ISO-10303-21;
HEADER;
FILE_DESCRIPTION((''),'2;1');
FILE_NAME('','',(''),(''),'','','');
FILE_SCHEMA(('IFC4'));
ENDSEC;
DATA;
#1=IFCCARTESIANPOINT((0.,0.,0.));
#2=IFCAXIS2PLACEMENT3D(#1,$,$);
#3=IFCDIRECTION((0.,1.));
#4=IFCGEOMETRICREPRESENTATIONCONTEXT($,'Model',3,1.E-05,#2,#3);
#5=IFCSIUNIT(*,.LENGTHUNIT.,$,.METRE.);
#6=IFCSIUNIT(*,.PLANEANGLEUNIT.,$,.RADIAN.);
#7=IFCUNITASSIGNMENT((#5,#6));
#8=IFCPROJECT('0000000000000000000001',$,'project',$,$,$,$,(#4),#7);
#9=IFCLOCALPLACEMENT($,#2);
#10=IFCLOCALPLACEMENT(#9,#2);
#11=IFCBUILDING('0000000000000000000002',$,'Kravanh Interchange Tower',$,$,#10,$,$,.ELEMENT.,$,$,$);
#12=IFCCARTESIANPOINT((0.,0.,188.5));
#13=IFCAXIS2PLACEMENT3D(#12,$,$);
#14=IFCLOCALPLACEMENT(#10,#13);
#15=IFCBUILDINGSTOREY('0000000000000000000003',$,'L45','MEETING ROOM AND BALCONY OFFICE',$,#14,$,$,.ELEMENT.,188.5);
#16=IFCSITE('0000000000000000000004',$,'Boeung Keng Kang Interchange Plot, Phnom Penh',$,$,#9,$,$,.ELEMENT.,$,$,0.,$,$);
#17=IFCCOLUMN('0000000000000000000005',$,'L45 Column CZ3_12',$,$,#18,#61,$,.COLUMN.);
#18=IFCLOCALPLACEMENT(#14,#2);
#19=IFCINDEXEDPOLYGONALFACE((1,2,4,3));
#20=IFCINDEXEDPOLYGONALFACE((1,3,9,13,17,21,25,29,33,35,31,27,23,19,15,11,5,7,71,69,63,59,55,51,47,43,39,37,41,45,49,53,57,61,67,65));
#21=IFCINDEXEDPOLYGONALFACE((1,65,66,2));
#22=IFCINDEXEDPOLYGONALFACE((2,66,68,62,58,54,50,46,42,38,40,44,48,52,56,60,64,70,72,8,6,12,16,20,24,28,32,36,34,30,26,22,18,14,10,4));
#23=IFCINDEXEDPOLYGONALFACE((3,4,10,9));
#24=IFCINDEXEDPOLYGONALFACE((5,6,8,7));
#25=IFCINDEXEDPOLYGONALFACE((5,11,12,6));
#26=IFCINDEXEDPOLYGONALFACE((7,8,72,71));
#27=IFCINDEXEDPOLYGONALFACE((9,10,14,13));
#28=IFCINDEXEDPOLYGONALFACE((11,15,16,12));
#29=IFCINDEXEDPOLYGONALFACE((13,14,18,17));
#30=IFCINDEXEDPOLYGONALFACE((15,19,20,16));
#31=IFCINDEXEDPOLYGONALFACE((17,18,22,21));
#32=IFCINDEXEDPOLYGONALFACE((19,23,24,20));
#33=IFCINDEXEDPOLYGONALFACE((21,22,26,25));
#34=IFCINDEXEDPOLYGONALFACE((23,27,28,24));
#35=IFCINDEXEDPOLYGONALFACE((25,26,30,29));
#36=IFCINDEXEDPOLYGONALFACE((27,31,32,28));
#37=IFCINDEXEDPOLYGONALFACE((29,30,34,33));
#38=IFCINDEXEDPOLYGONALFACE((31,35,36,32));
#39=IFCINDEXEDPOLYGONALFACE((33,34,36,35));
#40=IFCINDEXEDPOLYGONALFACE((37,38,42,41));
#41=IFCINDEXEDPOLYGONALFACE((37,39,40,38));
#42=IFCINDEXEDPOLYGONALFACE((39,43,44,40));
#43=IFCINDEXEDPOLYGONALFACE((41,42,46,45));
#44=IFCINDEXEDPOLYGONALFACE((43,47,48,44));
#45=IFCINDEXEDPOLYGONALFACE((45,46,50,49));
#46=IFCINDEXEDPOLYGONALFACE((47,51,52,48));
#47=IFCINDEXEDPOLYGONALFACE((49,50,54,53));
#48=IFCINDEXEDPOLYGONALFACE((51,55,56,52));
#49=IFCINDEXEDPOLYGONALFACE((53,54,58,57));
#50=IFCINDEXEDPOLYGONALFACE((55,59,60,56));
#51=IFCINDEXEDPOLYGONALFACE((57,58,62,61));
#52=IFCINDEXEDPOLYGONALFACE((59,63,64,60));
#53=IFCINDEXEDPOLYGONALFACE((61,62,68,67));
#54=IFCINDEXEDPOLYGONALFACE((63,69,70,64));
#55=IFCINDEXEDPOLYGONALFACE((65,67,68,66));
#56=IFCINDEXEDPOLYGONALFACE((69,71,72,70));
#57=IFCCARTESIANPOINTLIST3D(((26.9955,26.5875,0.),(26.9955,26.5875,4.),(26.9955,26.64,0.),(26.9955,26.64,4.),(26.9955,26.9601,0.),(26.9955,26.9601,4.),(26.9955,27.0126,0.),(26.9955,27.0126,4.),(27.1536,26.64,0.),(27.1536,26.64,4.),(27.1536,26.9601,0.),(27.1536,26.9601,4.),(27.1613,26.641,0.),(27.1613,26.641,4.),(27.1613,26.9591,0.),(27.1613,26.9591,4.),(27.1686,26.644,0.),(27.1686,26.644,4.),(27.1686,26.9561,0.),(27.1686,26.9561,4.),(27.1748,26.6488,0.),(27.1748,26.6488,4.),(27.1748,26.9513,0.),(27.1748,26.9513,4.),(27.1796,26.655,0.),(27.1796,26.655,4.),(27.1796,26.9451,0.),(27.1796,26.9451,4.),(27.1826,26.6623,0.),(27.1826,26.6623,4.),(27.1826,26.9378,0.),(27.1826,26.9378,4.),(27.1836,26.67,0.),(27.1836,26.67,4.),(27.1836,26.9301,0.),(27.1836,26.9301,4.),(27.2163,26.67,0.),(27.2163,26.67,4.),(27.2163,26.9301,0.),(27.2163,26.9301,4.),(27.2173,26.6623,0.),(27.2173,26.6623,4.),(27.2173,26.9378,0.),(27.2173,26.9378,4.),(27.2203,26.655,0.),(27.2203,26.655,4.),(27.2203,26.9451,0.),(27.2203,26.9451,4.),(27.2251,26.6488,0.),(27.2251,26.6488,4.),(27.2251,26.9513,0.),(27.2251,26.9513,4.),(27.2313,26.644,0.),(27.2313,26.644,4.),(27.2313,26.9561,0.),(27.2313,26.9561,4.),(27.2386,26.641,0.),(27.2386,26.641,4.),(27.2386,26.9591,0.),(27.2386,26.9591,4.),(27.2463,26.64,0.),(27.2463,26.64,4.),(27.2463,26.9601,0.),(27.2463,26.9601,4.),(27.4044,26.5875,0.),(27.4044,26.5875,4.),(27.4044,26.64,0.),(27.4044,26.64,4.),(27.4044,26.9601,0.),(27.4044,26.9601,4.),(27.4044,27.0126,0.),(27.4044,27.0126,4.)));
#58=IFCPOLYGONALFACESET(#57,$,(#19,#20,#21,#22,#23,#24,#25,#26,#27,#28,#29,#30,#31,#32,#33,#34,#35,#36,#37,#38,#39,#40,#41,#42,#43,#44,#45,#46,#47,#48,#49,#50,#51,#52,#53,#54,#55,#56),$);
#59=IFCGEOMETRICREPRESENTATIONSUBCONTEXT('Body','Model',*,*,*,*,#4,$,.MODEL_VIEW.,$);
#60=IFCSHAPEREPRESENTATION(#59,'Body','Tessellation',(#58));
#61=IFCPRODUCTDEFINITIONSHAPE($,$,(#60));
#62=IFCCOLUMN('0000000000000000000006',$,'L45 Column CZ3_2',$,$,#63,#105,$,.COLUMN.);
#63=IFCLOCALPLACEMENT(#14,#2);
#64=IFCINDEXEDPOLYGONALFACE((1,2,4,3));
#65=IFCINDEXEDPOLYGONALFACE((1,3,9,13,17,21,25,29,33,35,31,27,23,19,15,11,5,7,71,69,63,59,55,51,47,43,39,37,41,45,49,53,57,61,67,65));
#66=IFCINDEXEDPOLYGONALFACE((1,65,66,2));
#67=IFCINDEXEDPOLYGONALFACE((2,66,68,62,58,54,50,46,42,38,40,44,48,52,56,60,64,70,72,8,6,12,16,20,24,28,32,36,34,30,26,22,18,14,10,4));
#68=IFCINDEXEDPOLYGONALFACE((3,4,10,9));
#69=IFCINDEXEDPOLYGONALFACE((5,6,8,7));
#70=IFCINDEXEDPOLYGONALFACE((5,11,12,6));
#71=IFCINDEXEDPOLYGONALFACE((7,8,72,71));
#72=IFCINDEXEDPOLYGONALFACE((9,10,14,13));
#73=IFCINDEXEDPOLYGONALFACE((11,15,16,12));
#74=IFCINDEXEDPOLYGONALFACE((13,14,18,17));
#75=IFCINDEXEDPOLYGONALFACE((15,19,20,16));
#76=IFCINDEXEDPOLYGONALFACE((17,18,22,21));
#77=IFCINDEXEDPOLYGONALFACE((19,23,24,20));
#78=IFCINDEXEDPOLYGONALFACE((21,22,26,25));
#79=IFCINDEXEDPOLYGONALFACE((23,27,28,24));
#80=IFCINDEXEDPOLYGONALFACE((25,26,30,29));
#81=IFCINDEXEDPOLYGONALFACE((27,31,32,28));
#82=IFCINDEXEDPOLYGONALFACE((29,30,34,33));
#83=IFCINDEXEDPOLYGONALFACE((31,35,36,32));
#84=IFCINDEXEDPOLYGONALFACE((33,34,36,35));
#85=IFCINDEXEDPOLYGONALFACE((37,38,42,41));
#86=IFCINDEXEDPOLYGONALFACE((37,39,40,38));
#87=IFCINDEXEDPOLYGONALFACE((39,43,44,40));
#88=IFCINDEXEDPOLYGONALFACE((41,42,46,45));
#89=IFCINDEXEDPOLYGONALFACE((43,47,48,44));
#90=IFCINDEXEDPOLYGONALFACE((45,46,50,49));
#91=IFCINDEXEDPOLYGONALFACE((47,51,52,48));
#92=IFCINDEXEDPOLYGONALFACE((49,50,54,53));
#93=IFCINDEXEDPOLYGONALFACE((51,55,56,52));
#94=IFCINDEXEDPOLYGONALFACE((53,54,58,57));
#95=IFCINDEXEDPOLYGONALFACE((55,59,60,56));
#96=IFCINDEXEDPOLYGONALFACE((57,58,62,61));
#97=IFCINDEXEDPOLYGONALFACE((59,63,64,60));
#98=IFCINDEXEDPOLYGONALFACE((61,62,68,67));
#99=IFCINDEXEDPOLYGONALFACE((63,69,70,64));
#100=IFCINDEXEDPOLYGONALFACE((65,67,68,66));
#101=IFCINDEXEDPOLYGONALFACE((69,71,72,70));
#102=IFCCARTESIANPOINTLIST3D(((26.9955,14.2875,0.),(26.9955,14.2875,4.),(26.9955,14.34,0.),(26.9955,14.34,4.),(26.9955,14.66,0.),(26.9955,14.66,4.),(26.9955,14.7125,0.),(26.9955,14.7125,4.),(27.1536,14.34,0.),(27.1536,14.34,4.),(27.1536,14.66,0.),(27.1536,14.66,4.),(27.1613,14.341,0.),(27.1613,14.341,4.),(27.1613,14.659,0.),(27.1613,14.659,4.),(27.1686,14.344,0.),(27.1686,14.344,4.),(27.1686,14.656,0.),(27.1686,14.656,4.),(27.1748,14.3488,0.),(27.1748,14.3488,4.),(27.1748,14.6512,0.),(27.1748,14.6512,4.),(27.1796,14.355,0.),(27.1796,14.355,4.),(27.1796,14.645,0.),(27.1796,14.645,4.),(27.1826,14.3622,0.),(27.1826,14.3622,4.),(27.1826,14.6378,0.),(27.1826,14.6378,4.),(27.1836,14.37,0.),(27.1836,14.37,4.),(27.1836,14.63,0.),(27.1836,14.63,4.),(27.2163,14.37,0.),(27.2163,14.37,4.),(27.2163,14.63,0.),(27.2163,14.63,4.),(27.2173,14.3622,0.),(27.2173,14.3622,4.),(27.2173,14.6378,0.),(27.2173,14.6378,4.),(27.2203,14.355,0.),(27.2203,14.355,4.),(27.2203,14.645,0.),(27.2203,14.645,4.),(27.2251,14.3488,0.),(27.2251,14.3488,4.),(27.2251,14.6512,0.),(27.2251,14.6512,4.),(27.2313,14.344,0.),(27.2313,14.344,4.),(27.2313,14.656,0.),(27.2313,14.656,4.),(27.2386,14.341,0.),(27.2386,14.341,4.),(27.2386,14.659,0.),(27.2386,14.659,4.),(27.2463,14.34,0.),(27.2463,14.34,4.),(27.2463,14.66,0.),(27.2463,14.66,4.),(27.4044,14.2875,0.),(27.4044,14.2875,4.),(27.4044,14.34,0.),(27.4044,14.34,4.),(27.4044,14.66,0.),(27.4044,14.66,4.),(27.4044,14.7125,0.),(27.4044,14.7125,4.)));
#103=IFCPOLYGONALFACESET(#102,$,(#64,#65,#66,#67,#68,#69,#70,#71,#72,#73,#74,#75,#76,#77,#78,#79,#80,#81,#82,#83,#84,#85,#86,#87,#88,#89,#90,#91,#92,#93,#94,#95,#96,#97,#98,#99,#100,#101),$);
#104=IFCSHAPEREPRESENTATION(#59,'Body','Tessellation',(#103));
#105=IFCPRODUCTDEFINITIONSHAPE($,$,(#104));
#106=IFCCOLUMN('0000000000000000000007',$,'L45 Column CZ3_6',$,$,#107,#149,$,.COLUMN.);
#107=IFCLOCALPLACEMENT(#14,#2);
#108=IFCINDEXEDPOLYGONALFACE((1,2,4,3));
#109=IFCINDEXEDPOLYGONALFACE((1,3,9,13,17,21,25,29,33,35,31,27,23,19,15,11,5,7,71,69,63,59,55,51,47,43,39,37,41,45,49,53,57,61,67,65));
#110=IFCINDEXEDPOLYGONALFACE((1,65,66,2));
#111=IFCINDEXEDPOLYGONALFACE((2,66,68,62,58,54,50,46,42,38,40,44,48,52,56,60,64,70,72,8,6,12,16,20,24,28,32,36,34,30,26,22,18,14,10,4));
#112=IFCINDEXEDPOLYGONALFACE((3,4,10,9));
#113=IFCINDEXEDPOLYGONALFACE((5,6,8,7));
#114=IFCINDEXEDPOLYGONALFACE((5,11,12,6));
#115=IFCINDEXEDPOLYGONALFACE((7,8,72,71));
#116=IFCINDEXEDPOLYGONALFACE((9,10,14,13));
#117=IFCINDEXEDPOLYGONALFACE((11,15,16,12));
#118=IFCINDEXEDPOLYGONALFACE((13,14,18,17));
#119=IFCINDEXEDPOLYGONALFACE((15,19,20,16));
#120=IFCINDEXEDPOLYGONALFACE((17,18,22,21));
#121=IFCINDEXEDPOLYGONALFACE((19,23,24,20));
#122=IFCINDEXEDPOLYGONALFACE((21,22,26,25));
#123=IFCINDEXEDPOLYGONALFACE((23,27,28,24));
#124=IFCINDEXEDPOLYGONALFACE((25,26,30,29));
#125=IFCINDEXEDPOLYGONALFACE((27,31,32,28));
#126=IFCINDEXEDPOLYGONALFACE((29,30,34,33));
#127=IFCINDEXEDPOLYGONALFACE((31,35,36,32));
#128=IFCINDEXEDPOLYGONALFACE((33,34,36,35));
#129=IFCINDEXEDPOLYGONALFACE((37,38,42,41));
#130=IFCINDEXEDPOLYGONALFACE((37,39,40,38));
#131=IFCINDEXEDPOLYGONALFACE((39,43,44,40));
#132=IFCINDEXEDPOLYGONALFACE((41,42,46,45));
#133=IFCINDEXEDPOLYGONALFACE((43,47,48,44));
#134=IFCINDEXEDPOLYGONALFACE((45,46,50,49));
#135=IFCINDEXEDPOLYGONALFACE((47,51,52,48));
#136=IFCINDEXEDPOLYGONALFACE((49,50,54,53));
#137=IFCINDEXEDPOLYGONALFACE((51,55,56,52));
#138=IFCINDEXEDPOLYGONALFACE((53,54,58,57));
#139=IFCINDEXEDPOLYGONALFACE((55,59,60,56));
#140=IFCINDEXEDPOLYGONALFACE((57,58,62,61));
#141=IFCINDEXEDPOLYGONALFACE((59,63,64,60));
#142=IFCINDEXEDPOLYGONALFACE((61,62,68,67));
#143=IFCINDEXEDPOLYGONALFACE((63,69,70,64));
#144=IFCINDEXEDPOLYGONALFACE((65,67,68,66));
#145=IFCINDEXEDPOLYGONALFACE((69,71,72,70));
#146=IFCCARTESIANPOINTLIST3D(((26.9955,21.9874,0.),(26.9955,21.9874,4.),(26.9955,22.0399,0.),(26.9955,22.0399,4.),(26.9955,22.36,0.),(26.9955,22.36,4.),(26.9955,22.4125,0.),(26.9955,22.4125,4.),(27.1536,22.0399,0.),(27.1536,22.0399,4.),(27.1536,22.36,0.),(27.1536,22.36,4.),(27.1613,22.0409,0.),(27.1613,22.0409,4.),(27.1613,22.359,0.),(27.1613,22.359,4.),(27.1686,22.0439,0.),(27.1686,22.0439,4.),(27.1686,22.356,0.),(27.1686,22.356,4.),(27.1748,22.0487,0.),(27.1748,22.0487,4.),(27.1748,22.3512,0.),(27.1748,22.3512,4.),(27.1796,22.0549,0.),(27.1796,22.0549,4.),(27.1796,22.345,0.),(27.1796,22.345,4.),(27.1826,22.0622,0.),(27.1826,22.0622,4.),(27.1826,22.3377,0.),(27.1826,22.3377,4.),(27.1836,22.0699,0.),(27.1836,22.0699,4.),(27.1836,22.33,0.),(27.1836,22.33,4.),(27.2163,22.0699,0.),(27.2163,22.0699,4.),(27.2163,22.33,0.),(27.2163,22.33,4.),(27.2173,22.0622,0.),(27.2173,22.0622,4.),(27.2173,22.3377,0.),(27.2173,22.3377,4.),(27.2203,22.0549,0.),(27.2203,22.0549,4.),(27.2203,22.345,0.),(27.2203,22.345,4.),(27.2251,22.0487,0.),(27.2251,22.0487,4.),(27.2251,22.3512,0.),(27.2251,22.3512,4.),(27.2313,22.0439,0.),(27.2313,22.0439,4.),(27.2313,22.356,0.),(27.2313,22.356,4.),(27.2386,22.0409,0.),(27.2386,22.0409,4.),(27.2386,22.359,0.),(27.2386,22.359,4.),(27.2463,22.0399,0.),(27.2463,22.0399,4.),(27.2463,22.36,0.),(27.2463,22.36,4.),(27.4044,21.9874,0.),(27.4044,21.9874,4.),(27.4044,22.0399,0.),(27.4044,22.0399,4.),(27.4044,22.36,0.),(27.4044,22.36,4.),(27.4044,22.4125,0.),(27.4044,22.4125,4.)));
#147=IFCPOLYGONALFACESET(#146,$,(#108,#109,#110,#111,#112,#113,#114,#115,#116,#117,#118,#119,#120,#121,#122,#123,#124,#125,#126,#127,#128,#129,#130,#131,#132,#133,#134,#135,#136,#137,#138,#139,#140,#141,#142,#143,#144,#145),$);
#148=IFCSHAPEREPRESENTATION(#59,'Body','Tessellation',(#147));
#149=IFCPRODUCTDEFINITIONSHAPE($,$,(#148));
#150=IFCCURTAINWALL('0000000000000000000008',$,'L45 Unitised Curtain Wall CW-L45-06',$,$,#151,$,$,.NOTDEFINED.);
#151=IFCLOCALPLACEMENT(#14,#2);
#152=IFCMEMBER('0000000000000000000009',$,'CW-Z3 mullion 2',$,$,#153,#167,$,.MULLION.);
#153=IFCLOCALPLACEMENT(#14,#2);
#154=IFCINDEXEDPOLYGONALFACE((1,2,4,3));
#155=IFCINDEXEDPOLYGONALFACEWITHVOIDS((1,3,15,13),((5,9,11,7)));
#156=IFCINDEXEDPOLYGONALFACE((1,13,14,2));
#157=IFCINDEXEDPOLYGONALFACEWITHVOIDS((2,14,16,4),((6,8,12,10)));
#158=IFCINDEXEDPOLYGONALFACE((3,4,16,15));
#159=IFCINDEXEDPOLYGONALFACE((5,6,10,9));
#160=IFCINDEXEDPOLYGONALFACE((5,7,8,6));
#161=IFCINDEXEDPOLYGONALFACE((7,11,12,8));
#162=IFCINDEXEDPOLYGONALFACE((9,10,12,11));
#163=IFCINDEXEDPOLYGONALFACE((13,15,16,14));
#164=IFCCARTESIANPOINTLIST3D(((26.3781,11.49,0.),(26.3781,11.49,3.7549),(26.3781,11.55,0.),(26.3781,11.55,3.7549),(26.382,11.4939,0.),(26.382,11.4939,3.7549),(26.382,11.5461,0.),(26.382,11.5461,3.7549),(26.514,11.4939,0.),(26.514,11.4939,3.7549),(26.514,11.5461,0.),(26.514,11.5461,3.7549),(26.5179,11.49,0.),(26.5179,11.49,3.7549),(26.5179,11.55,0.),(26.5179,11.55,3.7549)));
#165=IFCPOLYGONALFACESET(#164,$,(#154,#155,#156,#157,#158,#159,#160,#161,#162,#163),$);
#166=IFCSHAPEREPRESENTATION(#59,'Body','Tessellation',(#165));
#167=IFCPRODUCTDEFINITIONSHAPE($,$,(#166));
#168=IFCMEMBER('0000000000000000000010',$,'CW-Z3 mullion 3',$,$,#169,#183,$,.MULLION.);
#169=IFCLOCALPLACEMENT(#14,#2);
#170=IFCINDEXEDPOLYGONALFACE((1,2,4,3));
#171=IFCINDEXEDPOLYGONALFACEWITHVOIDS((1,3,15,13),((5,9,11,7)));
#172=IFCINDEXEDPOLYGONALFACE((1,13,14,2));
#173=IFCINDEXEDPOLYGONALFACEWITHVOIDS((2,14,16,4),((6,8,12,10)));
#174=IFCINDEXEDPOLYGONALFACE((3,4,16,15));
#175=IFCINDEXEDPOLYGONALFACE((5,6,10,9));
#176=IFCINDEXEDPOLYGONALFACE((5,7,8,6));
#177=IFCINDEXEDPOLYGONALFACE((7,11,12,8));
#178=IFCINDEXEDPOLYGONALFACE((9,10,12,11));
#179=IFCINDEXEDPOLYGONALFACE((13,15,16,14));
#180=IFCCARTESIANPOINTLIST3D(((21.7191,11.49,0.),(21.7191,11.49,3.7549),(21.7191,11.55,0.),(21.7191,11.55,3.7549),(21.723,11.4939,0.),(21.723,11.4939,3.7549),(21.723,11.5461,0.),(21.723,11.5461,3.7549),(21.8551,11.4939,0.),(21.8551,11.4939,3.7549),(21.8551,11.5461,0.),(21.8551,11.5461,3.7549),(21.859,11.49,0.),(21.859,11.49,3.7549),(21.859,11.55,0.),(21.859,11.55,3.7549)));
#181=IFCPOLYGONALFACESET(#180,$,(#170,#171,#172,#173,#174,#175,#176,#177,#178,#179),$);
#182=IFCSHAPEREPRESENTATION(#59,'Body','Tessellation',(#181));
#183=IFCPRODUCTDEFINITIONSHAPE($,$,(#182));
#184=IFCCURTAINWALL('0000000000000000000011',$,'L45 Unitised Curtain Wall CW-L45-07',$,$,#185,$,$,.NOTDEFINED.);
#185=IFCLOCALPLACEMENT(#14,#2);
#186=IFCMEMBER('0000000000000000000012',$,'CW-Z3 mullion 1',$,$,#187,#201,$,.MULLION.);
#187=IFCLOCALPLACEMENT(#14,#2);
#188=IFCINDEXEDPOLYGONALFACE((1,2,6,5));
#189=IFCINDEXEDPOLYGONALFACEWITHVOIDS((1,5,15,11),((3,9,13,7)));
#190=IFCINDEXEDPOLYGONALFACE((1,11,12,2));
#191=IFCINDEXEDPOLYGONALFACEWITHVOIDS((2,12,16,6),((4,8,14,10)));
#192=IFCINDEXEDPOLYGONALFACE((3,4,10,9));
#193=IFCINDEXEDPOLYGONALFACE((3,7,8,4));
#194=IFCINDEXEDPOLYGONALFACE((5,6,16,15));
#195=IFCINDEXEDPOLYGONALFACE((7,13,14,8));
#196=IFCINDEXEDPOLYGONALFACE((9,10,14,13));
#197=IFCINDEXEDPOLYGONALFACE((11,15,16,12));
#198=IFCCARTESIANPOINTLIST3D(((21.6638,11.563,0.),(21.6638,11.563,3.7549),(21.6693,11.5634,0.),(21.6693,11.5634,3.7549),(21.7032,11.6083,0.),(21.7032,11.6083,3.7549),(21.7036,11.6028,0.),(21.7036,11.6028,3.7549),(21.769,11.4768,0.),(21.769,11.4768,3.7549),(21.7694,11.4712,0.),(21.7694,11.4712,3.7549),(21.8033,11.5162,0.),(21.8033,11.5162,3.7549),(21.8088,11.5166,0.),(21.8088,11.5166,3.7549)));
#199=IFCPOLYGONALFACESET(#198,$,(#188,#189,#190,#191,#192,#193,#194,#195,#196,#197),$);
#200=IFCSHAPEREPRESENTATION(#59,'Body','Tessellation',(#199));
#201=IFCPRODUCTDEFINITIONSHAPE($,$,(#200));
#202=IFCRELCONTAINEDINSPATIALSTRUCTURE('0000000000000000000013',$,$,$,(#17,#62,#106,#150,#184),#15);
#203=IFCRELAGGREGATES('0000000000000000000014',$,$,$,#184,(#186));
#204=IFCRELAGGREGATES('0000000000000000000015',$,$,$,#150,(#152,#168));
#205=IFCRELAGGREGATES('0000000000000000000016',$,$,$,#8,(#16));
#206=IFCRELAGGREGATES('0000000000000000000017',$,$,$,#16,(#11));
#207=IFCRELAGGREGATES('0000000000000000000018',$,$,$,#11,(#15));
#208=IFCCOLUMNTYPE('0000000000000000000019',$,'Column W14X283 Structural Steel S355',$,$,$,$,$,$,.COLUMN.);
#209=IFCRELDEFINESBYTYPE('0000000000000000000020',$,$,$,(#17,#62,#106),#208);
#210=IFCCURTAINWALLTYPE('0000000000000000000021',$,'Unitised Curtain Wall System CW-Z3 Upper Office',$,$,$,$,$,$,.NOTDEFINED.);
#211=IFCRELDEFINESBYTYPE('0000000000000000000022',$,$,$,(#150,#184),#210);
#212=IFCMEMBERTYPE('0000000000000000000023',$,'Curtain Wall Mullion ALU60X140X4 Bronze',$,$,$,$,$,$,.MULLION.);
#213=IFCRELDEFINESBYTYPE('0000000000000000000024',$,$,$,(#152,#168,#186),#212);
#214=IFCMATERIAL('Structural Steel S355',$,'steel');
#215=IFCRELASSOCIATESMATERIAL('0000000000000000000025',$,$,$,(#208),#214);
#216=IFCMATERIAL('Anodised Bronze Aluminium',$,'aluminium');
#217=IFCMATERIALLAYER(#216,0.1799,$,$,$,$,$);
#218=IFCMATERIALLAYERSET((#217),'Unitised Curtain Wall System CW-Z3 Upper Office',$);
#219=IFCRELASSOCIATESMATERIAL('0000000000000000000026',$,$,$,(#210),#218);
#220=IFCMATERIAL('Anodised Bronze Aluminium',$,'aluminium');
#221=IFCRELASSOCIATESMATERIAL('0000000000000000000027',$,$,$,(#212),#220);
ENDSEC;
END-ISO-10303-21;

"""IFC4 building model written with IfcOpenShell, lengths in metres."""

from ifc_helpers import new_model, si_unit, direction, frame, origin, origin_2d, place, context, subcontext, project, spatial, hollow_rectangle, i_section, extrude, material, layer, layer_set, material_profile, profile_set, type_object, element, aggregate, save


model = new_model("IFC4")

# Units and contexts
model_context = context("Model", 3, precision=1e-05, world=origin(), true_north=direction((0.0, 1.0)))
body_context = subcontext(model_context, "Body", "Model", "MODEL_VIEW")
ifc_project = project(units=[si_unit("LENGTHUNIT", "METRE"), si_unit("PLANEANGLEUNIT", "RADIAN")], contexts=[model_context])

# Site, building, storey
site_placement = place(None, origin())
site = spatial("IfcSite", under=ifc_project, at=site_placement, Name="Boeung Keng Kang Interchange Plot, Phnom Penh", CompositionType="ELEMENT", RefElevation=0.0)
building_placement = place(site_placement, origin())
building = spatial("IfcBuilding", under=site, at=building_placement, Name="Kravanh Interchange Tower", CompositionType="ELEMENT")
storey_placement = place(building_placement, frame((0.0, 0.0, 188.5)))
storey = spatial("IfcBuildingStorey", under=building, at=storey_placement, Name="L45", Description="MEETING ROOM AND BALCONY OFFICE", CompositionType="ELEMENT", Elevation=188.5)

# Columns
ifc_material_1 = material(Name="Structural Steel S355", Category="steel")
ifc_material_profile_1 = material_profile(ifc_material_1, i_section(OverallWidth=0.4089, OverallDepth=0.425, WebThickness=0.0327, FlangeThickness=0.0525, FilletRadius=0.03, at=origin_2d()), Name="W14X283")
ifc_profile_set_1 = profile_set([ifc_material_profile_1], Name="Structural Steel S355")
column_type = type_object("IfcColumnType", Name="Column W14X283 Structural Steel S355", PredefinedType="COLUMN", material=ifc_profile_set_1)
for number, where, z_axis, x_axis, name in (
    (1, (27.2, 26.8, 0.0), (0.0, 0.0, 1.0), (1.0, 0.0, 0.0), "L45 Column CZ3_12"),
    (2, (27.2, 14.5, 0.0), (0.0, 0.0, 1.0), (1.0, 0.0, 0.0), "L45 Column CZ3_2"),
    (3, (27.2, 22.2, 0.0), (0.0, 0.0, 1.0), (1.0, 0.0, 0.0), "L45 Column CZ3_6"),
):
    element("IfcColumn", number, at=place(storey_placement, frame(where, z_axis=z_axis, x_axis=x_axis)), inside=storey, type_object=column_type, Name=name, PredefinedType="COLUMN", context=body_context, shape_type="SweptSolid", body=[
        extrude(i_section(OverallWidth=0.4089, OverallDepth=0.425, WebThickness=0.0327, FlangeThickness=0.0525, FilletRadius=0.03, at=origin_2d()), origin(), (0.0, 0.0, 1.0), 4.0),
    ])

# Curtain wall, members
ifc_material_2 = material(Name="Anodised Bronze Aluminium", Category="aluminium")
ifc_layer_1 = layer(ifc_material_2, 0.1799)
ifc_layer_set_1 = layer_set([ifc_layer_1], Name="Unitised Curtain Wall System CW-Z3 Upper Office")
curtain_wall_type = type_object("IfcCurtainWallType", Name="Unitised Curtain Wall System CW-Z3 Upper Office", PredefinedType="NOTDEFINED", material=ifc_layer_set_1)
curtain_wall_1_placement = place(storey_placement, origin())
curtain_wall_1 = element("IfcCurtainWall", 4, at=curtain_wall_1_placement, inside=storey, type_object=curtain_wall_type, Name="L45 Unitised Curtain Wall CW-L45-06", PredefinedType="NOTDEFINED")
ifc_material_3 = material(Name="Anodised Bronze Aluminium", Category="aluminium")
ifc_material_profile_2 = material_profile(ifc_material_3, hollow_rectangle(XDim=0.0601, YDim=0.1399, WallThickness=0.0039, at=origin_2d()), Name="ALU60X140X4")
ifc_profile_set_2 = profile_set([ifc_material_profile_2], Name="Anodised Bronze Aluminium")
member_type_1 = type_object("IfcMemberType", Name="Curtain Wall Mullion ALU60X140X4 Bronze", PredefinedType="MULLION", material=ifc_profile_set_2)
member_1_placement = place(storey_placement, frame((26.448, 11.52, 0.0), z_axis=(0.0, 0.0, 1.0), x_axis=(0.0, -1.0, 0.0)))
member_1 = element("IfcMember", 5, at=member_1_placement, type_object=member_type_1, Name="CW-Z3 mullion 2", PredefinedType="MULLION", context=body_context, shape_type="SweptSolid", body=[
    extrude(hollow_rectangle(XDim=0.0601, YDim=0.1399, WallThickness=0.0039, at=origin_2d()), origin(), (0.0, 0.0, 1.0), 3.7549),
])
member_2_placement = place(storey_placement, frame((21.7891, 11.52, 0.0), z_axis=(0.0, 0.0, 1.0), x_axis=(0.0, -1.0, 0.0)))
member_2 = element("IfcMember", 6, at=member_2_placement, type_object=member_type_1, Name="CW-Z3 mullion 3", PredefinedType="MULLION", context=body_context, shape_type="SweptSolid", body=[
    extrude(hollow_rectangle(XDim=0.0601, YDim=0.1399, WallThickness=0.0039, at=origin_2d()), origin(), (0.0, 0.0, 1.0), 3.7549),
])

# Curtain wall, member
curtain_wall_2_placement = place(storey_placement, origin())
curtain_wall_2 = element("IfcCurtainWall", 7, at=curtain_wall_2_placement, inside=storey, type_object=curtain_wall_type, Name="L45 Unitised Curtain Wall CW-L45-07", PredefinedType="NOTDEFINED")
member_3_placement = place(storey_placement, frame((21.7363, 11.5398, 0.0), z_axis=(0.0, 0.0, 1.0), x_axis=(-0.656051, -0.754717, 0.0)))
member_3 = element("IfcMember", 8, at=member_3_placement, type_object=member_type_1, Name="CW-Z3 mullion 1", PredefinedType="MULLION", context=body_context, shape_type="SweptSolid", body=[
    extrude(hollow_rectangle(XDim=0.0601, YDim=0.1399, WallThickness=0.0039, at=origin_2d()), origin(), (0.0, 0.0, 1.0), 3.7549),
])

aggregate(curtain_wall_2, [member_3])

aggregate(curtain_wall_1, [member_1, member_2])

save(model, "model.ifc")
